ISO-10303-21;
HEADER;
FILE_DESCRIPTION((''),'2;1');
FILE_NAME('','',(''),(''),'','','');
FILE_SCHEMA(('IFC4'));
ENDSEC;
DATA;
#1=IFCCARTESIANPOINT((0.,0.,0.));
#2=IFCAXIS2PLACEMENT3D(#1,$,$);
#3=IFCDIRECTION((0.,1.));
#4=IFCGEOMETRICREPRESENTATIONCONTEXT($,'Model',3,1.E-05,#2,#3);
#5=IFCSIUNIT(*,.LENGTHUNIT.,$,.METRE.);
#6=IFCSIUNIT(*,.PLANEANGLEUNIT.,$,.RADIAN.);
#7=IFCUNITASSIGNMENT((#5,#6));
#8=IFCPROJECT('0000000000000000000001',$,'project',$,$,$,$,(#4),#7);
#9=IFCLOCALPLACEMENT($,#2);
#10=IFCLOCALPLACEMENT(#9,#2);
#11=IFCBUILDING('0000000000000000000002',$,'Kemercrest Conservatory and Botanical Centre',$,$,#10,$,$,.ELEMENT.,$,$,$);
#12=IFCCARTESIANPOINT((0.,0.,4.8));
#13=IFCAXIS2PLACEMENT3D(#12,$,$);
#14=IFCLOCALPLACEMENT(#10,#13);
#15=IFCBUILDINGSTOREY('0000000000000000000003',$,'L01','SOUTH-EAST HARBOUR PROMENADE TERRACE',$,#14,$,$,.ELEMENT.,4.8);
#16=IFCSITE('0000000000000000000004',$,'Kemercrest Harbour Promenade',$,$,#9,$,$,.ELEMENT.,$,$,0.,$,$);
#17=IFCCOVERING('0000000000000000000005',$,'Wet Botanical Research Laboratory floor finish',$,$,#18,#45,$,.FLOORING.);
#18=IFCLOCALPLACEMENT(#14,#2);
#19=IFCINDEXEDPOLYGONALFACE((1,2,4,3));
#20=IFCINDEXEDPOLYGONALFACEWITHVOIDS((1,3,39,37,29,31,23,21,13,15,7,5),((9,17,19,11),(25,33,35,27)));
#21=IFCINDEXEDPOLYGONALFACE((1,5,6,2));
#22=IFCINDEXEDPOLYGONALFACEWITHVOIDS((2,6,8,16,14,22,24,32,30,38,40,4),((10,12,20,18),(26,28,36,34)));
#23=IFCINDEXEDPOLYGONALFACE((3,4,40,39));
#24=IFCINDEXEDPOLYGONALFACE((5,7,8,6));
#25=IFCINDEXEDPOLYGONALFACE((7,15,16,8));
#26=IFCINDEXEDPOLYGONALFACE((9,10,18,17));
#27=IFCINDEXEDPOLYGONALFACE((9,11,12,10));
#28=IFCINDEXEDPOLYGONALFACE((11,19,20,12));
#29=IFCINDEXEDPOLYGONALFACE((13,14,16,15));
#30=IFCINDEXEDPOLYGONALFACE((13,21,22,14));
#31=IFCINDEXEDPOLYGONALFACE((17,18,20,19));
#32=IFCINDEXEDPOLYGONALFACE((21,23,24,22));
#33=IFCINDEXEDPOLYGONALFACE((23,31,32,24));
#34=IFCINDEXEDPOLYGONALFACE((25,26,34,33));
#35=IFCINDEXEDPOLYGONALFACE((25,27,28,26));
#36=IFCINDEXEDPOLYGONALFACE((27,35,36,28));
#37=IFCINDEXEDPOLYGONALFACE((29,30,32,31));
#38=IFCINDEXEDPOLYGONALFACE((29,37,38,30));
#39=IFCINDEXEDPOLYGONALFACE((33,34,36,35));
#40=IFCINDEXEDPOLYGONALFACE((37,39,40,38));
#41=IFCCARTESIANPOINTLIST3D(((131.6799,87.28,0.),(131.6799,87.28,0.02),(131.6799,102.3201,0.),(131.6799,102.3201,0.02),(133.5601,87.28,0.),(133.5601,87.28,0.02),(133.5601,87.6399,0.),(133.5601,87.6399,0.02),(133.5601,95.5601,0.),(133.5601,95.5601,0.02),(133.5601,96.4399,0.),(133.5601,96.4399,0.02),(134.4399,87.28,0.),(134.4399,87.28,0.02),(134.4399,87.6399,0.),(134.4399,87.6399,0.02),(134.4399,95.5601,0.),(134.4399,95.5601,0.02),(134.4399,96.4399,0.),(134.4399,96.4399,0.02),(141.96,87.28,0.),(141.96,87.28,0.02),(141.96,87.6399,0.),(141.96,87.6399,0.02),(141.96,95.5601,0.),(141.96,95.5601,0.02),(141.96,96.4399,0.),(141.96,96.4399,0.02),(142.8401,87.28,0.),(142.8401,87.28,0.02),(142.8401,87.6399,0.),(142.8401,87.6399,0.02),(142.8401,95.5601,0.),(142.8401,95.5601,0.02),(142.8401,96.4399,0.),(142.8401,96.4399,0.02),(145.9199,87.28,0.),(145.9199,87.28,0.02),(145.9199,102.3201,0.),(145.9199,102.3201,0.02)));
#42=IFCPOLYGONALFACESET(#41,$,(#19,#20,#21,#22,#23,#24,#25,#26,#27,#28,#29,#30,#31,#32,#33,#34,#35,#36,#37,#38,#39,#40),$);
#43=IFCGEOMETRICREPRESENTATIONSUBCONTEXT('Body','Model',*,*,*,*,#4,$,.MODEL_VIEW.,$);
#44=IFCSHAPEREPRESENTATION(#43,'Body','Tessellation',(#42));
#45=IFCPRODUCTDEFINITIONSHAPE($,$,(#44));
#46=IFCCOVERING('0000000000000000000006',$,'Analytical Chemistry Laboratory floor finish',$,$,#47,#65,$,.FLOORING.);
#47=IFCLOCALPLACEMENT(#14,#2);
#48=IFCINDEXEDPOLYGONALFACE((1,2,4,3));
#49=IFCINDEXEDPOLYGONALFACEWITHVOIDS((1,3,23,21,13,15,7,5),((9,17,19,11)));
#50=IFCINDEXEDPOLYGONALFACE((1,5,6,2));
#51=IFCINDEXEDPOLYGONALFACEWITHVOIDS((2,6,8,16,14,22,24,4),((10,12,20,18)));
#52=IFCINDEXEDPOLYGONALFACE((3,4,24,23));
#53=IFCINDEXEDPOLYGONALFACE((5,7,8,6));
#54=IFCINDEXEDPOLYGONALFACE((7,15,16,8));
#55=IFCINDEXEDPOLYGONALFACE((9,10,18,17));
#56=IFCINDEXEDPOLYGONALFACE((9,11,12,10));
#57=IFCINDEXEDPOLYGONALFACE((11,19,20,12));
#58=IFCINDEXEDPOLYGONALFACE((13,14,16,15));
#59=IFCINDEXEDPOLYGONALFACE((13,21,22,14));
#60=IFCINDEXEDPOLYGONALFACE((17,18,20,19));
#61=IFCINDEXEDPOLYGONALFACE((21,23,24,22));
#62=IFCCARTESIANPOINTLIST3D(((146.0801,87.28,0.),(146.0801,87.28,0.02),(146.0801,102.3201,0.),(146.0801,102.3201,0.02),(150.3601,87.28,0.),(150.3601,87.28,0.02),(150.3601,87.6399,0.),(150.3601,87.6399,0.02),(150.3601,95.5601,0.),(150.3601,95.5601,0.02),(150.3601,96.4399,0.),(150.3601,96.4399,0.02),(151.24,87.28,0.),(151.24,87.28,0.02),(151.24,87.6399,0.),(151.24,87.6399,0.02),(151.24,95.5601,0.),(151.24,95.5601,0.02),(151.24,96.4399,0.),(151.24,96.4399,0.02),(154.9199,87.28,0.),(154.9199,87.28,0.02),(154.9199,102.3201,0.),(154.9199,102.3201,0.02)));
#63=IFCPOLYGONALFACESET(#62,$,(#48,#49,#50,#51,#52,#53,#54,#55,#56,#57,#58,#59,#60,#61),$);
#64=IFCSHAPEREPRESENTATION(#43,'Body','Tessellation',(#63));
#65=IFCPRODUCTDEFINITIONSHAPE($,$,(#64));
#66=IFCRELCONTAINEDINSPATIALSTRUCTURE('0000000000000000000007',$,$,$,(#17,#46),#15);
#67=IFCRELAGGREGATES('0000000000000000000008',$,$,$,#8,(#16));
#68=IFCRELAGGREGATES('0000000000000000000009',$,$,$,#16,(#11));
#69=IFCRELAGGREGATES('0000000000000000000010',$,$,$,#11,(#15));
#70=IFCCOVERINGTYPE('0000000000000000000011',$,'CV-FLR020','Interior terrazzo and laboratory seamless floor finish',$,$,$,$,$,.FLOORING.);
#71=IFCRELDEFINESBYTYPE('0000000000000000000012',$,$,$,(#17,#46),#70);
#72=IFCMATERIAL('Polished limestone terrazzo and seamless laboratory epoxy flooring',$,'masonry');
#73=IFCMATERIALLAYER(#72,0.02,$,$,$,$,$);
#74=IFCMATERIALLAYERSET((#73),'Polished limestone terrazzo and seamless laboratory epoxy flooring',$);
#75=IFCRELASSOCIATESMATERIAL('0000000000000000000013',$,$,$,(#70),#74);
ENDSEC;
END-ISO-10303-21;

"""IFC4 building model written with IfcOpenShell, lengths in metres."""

from ifc_helpers import new_model, si_unit, direction, frame, origin, place, context, subcontext, project, spatial, polyline, outline, extrude, material, layer, layer_set, type_object, element, save


model = new_model("IFC4")

# Units and contexts
model_context = context("Model", 3, precision=1e-05, world=origin(), true_north=direction((0.0, 1.0)))
body_context = subcontext(model_context, "Body", "Model", "MODEL_VIEW")
ifc_project = project(units=[si_unit("LENGTHUNIT", "METRE"), si_unit("PLANEANGLEUNIT", "RADIAN")], contexts=[model_context])

# Site, building, storey
site_placement = place(None, origin())
site = spatial("IfcSite", under=ifc_project, at=site_placement, Name="Kemercrest Harbour Promenade", CompositionType="ELEMENT", RefElevation=0.0)
building_placement = place(site_placement, origin())
building = spatial("IfcBuilding", under=site, at=building_placement, Name="Kemercrest Conservatory and Botanical Centre", CompositionType="ELEMENT")
storey_placement = place(building_placement, frame((0.0, 0.0, 4.8)))
storey = spatial("IfcBuildingStorey", under=building, at=storey_placement, Name="L01", Description="SOUTH-EAST HARBOUR PROMENADE TERRACE", CompositionType="ELEMENT", Elevation=4.8)

# Coverings
ifc_material = material(Name="Polished limestone terrazzo and seamless laboratory epoxy flooring", Category="masonry")
ifc_layer = layer(ifc_material, 0.02)
ifc_layer_set = layer_set([ifc_layer], Name="Polished limestone terrazzo and seamless laboratory epoxy flooring")
covering_type = type_object("IfcCoveringType", Name="CV-FLR020", Description="Interior terrazzo and laboratory seamless floor finish", PredefinedType="FLOORING", material=ifc_layer_set)
covering_1_placement = place(storey_placement, origin())
element("IfcCovering", 1, at=covering_1_placement, inside=storey, type_object=covering_type, Name="Wet Botanical Research Laboratory floor finish", PredefinedType="FLOORING", context=body_context, shape_type="SweptSolid", body=[
    extrude(outline(polyline([(141.96, 87.6399), (142.8401, 87.6399), (142.8401, 87.28), (145.9199, 87.28), (145.9199, 102.3201), (131.6799, 102.3201), (131.6799, 87.28), (133.5601, 87.28), (133.5601, 87.6399), (134.4399, 87.6399), (134.4399, 87.28), (141.96, 87.28), (141.96, 87.6399)]), holes=[polyline([(142.8401, 95.5601), (141.96, 95.5601), (141.96, 96.4399), (142.8401, 96.4399), (142.8401, 95.5601)]), polyline([(134.4399, 95.5601), (133.5601, 95.5601), (133.5601, 96.4399), (134.4399, 96.4399), (134.4399, 95.5601)])]), origin(), (0.0, 0.0, 1.0), 0.02),
])
covering_2_placement = place(storey_placement, origin())
element("IfcCovering", 2, at=covering_2_placement, inside=storey, type_object=covering_type, Name="Analytical Chemistry Laboratory floor finish", PredefinedType="FLOORING", context=body_context, shape_type="SweptSolid", body=[
    extrude(outline(polyline([(150.3601, 87.6399), (151.24, 87.6399), (151.24, 87.28), (154.9199, 87.28), (154.9199, 102.3201), (146.0801, 102.3201), (146.0801, 87.28), (150.3601, 87.28), (150.3601, 87.6399)]), holes=[polyline([(150.3601, 95.5601), (150.3601, 96.4399), (151.24, 96.4399), (151.24, 95.5601), (150.3601, 95.5601)])]), origin(), (0.0, 0.0, 1.0), 0.02),
])

save(model, "model.ifc")
